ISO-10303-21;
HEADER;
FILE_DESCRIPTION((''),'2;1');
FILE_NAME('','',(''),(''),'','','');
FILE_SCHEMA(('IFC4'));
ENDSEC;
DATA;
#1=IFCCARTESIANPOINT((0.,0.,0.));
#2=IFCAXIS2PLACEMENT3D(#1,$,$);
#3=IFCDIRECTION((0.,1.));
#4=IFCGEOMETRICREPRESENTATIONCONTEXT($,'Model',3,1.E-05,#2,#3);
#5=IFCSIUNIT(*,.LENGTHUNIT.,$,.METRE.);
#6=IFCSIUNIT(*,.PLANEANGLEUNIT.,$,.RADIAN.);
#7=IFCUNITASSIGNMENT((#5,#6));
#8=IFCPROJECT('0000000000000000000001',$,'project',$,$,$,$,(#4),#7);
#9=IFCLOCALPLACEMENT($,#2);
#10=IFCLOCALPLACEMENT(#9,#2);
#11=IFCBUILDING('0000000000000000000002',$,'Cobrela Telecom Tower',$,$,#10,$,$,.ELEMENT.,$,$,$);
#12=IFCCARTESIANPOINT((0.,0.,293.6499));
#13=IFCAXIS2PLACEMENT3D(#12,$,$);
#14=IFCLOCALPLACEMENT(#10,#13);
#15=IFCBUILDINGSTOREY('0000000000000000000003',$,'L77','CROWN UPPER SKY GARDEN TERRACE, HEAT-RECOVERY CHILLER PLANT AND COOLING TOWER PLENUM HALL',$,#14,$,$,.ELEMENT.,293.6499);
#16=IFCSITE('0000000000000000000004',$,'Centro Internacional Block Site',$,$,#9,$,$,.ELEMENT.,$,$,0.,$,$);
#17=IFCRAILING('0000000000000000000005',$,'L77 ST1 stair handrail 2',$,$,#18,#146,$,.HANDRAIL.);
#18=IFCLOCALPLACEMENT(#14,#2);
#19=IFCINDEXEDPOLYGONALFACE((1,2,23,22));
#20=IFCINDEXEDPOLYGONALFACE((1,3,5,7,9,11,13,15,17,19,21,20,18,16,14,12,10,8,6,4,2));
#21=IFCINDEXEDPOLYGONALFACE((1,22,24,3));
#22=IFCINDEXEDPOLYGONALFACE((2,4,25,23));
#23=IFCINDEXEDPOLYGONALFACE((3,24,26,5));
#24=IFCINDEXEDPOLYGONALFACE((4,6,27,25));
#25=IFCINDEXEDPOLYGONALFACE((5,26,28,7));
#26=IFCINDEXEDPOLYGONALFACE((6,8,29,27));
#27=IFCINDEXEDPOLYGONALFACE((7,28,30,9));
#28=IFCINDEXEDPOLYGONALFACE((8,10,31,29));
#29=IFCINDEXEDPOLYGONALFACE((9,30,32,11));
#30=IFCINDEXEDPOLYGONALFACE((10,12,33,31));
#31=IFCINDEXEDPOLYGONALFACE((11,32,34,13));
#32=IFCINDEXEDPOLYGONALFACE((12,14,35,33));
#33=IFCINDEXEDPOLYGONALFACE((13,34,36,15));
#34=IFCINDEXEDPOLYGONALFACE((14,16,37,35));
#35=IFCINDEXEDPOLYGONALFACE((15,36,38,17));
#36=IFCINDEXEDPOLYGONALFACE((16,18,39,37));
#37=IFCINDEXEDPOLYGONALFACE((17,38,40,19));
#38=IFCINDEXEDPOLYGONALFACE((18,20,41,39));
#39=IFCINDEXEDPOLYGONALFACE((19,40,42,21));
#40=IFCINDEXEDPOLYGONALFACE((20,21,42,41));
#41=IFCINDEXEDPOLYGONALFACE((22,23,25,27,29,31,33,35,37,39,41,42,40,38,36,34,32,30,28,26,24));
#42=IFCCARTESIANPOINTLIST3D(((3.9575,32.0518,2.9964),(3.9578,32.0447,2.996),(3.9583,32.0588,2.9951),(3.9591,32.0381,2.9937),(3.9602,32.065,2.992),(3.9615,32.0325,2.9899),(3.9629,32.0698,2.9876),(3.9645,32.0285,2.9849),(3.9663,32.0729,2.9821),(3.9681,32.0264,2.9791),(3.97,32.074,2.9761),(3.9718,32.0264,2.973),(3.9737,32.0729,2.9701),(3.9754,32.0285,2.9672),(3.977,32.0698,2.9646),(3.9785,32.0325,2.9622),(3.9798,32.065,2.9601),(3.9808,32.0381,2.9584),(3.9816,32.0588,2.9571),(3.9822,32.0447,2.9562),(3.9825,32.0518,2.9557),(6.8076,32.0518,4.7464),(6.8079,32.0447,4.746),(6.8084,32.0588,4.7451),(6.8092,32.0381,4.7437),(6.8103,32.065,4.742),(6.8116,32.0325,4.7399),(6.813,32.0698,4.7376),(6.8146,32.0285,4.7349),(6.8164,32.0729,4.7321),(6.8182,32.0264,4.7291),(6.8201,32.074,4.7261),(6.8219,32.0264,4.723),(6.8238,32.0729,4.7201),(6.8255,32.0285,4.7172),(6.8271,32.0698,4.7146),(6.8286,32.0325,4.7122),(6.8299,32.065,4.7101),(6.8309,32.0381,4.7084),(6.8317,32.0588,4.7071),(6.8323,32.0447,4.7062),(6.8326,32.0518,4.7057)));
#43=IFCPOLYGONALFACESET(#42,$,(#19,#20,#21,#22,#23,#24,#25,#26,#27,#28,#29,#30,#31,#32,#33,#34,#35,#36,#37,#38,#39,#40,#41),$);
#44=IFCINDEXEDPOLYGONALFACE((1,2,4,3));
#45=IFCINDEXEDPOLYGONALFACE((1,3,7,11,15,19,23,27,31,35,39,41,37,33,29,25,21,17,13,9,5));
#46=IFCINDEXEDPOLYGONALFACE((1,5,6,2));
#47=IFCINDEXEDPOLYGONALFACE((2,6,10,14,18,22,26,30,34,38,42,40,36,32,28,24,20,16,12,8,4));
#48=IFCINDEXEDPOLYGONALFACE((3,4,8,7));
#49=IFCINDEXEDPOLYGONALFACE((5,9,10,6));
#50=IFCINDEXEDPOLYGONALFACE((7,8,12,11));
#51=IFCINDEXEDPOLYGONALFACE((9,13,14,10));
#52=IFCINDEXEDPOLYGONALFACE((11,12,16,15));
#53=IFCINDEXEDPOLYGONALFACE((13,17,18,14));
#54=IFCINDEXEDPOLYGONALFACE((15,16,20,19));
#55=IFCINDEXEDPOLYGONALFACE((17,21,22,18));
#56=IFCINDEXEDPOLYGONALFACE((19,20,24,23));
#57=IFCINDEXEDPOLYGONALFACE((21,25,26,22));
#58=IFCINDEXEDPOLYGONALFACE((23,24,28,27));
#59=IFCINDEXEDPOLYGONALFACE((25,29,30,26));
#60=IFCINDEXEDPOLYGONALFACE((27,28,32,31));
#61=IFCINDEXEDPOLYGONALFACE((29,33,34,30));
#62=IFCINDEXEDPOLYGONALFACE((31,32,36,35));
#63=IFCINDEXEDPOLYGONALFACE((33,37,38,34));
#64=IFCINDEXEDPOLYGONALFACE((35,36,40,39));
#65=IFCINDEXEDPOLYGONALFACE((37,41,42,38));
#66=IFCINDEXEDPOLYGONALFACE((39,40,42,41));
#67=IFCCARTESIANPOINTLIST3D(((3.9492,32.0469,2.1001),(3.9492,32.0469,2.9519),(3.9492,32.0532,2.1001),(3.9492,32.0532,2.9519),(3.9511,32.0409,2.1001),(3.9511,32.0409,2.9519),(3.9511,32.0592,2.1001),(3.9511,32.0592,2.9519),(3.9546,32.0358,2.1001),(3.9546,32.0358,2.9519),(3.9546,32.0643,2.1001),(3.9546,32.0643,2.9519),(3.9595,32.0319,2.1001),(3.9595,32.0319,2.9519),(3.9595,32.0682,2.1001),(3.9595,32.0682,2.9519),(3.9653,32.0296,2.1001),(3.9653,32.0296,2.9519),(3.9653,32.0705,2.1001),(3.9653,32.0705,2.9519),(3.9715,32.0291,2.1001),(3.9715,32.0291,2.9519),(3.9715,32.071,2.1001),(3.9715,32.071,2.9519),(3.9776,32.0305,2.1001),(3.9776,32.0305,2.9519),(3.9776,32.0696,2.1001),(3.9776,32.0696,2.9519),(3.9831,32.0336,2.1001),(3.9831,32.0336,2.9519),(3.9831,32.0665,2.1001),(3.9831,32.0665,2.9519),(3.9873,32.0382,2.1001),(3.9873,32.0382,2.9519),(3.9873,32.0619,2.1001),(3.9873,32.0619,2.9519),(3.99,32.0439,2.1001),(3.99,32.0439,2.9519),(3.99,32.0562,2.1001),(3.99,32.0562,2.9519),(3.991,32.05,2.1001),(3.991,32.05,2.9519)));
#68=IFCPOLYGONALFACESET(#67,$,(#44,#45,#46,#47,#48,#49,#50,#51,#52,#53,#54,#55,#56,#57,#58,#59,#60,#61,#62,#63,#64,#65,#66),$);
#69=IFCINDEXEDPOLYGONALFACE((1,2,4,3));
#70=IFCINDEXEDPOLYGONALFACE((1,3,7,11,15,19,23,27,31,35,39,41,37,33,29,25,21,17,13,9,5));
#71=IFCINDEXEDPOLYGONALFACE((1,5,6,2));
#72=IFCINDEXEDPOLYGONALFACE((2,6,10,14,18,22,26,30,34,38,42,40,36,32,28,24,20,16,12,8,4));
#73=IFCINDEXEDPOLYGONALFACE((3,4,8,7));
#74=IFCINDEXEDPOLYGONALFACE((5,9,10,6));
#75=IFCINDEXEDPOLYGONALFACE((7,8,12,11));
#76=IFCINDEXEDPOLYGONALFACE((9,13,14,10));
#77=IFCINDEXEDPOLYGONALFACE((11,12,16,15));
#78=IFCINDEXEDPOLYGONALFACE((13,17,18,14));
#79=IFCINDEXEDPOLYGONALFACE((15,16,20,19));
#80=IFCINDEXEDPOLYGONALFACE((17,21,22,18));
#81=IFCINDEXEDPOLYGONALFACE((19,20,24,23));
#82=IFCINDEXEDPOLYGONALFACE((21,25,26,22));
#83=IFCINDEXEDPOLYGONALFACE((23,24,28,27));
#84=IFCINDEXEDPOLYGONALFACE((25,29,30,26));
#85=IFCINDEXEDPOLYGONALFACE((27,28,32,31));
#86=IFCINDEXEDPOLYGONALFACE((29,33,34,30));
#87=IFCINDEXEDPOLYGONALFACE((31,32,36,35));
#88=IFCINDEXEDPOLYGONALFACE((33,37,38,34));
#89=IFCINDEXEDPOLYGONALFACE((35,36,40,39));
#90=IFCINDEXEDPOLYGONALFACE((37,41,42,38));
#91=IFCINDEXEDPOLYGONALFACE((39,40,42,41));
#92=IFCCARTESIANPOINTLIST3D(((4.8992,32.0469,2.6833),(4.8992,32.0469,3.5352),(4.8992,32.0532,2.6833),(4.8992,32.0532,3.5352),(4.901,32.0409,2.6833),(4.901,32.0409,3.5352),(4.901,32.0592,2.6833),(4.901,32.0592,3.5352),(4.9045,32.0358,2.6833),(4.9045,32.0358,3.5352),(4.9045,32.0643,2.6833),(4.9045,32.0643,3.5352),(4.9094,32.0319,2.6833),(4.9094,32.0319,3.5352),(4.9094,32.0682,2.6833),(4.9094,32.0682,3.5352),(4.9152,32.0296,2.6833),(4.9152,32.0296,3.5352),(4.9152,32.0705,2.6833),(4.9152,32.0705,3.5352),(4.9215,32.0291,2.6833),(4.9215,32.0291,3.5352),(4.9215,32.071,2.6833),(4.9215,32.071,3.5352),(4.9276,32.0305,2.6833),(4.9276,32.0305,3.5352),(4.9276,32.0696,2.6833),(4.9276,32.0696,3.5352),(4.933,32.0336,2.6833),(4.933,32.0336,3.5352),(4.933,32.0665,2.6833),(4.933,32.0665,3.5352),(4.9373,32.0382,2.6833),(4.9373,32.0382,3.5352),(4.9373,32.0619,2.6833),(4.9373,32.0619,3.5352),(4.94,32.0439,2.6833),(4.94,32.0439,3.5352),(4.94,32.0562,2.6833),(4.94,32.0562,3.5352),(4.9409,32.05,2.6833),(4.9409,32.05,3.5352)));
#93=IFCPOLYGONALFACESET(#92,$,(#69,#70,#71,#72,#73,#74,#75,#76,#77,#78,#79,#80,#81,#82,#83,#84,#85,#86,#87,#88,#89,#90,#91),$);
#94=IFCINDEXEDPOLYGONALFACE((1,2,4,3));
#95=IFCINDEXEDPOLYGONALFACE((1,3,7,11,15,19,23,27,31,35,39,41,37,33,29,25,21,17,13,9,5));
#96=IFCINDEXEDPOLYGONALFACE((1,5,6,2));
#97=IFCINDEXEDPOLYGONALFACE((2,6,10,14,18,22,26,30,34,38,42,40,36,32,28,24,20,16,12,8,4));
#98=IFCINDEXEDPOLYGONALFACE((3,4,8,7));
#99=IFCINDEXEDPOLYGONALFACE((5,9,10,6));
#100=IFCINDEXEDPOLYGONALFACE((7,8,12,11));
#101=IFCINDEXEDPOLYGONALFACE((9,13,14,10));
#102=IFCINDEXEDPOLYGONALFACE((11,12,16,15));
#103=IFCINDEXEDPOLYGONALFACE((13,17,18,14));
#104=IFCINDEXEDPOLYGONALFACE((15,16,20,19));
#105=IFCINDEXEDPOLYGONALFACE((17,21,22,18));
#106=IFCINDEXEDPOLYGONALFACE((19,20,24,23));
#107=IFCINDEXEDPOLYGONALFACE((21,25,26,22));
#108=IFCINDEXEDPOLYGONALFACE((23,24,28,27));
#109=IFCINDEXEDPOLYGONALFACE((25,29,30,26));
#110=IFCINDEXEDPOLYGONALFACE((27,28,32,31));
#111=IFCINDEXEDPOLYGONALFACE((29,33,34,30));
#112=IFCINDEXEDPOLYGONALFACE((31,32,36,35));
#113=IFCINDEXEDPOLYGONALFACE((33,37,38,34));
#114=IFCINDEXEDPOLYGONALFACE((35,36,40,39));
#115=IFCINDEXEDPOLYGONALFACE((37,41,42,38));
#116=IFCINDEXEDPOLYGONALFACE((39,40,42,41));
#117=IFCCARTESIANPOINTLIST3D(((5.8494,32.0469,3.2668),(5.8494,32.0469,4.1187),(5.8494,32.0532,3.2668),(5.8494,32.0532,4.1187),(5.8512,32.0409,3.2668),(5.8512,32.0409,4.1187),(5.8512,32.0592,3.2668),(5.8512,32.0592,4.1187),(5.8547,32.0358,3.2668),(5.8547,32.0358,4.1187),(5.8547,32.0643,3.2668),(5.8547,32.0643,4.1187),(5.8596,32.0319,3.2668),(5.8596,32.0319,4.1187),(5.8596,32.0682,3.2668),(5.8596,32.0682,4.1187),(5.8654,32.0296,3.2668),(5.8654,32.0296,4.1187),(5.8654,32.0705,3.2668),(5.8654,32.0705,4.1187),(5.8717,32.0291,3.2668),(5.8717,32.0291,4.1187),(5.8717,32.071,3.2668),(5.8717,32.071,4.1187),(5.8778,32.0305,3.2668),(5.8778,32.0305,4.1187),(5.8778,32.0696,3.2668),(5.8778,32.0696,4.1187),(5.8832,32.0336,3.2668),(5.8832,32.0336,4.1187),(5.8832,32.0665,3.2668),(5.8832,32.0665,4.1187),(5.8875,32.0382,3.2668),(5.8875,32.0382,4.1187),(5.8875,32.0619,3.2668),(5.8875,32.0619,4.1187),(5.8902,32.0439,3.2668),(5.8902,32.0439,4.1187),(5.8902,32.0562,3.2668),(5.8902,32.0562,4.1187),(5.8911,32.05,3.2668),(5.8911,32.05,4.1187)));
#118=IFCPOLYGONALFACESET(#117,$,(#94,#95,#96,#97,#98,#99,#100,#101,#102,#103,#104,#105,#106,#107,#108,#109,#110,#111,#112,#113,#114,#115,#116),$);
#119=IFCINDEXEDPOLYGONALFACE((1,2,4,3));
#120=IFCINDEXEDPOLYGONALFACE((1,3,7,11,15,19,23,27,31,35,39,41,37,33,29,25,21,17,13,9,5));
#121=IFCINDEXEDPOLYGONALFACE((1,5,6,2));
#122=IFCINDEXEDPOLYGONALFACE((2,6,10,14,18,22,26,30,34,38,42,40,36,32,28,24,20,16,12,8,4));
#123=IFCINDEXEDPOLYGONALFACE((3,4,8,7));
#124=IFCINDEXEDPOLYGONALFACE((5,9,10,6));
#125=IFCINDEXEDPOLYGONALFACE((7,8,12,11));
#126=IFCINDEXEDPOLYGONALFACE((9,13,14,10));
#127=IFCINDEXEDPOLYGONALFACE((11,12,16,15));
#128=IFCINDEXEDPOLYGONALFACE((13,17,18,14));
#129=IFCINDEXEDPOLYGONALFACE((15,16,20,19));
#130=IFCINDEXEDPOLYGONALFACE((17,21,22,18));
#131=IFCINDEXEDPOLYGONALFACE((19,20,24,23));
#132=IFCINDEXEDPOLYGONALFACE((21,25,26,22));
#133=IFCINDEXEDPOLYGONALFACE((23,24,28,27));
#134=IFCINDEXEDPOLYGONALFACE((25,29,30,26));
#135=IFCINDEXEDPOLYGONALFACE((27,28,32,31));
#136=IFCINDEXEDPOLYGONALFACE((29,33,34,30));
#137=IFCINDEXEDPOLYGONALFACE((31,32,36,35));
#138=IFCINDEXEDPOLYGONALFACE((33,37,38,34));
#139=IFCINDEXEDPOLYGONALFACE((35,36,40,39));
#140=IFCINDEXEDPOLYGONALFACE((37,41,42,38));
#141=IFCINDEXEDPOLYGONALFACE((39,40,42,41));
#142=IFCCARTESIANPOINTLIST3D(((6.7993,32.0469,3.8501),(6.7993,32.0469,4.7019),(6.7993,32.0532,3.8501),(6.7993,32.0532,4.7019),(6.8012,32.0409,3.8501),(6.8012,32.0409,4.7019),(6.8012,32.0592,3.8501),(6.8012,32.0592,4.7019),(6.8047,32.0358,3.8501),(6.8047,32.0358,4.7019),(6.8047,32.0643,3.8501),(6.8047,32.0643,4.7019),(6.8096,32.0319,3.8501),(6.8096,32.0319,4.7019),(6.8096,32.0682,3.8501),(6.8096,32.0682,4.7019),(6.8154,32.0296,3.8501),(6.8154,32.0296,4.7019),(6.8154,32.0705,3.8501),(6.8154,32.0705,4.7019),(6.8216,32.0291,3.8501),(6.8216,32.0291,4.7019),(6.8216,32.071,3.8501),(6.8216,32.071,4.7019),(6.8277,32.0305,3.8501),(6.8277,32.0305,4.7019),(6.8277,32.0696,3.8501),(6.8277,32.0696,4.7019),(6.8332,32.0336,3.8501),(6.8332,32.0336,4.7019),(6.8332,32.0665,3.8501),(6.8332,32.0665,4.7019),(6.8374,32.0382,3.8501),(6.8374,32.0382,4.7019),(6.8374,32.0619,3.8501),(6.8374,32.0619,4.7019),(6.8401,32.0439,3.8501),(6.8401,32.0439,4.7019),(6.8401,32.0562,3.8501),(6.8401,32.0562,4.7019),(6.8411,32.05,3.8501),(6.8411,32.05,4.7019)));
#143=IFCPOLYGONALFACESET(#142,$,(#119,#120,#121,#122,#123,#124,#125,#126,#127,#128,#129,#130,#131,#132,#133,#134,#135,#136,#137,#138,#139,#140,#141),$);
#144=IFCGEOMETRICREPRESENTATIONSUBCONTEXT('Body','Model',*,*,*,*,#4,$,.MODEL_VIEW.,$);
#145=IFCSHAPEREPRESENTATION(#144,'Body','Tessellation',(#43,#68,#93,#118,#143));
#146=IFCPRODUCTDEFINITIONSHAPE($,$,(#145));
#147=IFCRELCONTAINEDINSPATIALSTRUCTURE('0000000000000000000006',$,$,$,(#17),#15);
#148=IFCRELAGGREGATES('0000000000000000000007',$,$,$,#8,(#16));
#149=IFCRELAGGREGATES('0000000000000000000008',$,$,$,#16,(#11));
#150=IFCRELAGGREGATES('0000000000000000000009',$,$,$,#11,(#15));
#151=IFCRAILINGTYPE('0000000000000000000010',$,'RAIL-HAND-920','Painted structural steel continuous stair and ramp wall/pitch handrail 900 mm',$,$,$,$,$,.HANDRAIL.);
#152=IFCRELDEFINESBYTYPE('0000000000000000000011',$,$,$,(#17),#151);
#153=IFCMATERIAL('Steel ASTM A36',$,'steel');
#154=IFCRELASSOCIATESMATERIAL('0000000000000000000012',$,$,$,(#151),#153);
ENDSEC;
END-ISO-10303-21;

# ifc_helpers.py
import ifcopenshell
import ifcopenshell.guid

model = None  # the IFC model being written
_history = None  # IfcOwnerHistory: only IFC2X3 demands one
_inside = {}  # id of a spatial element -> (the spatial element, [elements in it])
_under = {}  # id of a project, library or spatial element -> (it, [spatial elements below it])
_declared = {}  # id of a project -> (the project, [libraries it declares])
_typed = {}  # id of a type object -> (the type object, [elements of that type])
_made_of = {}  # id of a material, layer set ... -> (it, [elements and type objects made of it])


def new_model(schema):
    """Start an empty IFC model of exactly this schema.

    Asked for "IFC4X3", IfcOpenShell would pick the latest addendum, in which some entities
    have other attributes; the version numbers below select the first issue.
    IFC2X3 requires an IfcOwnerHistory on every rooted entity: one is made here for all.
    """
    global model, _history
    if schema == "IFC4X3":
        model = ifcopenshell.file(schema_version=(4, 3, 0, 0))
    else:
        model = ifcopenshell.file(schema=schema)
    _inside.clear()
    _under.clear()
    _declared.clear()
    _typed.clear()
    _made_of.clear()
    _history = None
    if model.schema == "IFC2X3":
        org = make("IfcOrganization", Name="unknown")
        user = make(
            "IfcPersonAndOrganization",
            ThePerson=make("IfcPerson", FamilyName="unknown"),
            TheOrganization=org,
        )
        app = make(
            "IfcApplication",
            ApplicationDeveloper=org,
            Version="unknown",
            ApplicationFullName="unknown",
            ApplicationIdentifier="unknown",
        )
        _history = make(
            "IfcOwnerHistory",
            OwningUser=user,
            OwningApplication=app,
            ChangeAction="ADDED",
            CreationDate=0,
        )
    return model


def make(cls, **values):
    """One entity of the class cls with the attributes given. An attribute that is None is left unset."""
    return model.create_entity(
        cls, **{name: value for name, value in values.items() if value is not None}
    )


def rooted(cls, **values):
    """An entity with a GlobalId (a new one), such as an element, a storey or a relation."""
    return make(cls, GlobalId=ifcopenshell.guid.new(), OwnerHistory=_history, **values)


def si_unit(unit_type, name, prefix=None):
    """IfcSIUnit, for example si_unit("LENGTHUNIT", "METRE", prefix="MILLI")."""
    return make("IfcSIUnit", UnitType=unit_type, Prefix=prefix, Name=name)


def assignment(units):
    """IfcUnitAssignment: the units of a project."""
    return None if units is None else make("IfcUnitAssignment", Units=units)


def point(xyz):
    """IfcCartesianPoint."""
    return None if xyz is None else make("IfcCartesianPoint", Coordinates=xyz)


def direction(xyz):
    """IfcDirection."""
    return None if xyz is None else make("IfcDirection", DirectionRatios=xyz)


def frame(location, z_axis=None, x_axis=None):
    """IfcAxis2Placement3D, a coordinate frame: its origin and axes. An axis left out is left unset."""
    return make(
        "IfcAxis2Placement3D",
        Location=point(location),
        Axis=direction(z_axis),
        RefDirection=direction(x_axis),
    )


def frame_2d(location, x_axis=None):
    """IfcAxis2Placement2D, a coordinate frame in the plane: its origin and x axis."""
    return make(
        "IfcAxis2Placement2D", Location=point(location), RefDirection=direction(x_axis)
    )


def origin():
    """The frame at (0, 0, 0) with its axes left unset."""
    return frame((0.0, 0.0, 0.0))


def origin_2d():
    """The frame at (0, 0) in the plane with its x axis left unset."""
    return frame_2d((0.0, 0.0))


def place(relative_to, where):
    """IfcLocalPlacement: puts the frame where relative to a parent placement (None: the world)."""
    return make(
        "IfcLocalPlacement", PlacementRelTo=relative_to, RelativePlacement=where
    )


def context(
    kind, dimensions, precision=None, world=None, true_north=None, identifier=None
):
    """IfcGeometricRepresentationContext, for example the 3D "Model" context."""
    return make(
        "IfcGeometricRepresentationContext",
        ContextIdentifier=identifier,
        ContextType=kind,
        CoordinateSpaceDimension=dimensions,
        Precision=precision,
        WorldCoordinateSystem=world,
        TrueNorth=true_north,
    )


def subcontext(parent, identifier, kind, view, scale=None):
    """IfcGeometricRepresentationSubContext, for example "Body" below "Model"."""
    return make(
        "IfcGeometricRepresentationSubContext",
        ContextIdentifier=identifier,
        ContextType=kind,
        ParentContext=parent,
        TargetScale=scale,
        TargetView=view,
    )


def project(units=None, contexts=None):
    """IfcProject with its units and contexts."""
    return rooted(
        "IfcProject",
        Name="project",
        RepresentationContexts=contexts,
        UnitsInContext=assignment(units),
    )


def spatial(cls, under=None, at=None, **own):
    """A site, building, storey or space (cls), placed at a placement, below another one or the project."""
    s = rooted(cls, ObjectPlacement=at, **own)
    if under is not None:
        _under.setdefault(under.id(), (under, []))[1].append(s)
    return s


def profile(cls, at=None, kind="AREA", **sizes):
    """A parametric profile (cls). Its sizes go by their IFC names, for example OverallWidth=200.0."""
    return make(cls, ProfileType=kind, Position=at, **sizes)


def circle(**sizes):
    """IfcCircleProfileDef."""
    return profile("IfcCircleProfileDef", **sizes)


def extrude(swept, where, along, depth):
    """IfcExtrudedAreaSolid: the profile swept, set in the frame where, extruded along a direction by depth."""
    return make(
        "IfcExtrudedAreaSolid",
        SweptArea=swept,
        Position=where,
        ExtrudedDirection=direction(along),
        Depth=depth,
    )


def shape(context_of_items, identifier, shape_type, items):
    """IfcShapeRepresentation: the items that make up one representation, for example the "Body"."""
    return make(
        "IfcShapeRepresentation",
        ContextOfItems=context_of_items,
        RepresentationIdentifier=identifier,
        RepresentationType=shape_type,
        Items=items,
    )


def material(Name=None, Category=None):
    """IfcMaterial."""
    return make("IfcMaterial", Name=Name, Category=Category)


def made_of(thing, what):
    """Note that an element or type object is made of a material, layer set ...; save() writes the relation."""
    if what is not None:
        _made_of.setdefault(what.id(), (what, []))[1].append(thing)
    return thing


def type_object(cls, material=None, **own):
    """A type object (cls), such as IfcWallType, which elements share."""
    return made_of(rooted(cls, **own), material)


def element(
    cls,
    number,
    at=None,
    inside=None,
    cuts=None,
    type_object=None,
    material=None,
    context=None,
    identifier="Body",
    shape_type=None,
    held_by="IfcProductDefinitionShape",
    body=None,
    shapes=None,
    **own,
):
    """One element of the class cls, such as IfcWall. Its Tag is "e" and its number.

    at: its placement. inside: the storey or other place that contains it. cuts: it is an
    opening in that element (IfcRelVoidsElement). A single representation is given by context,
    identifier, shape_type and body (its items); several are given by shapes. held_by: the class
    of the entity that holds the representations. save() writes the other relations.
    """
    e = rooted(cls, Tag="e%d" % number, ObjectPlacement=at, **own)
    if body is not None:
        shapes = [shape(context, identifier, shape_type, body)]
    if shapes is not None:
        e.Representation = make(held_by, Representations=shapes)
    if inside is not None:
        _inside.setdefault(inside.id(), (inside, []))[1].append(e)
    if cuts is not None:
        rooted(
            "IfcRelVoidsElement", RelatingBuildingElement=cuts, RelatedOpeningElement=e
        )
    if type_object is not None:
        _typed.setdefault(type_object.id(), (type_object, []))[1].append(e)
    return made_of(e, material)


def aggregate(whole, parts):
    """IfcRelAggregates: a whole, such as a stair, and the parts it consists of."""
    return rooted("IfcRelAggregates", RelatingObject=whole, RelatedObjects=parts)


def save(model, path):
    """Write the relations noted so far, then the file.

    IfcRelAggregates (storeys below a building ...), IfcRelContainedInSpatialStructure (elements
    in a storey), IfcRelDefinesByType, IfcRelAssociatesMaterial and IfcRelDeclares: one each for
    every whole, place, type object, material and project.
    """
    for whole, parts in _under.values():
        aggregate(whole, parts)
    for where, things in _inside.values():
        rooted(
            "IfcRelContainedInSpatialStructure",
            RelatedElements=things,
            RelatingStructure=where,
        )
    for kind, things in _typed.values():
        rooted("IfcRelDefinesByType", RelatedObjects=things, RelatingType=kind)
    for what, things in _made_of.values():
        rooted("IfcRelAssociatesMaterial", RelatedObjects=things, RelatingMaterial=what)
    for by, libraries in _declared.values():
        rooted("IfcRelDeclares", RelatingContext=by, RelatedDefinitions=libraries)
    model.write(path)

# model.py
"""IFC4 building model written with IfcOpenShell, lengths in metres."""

from ifc_helpers import new_model, si_unit, direction, frame, origin, origin_2d, place, context, subcontext, project, spatial, circle, extrude, material, type_object, element, save


model = new_model("IFC4")

# Units and contexts
model_context = context("Model", 3, precision=1e-05, world=origin(), true_north=direction((0.0, 1.0)))
body_context = subcontext(model_context, "Body", "Model", "MODEL_VIEW")
ifc_project = project(units=[si_unit("LENGTHUNIT", "METRE"), si_unit("PLANEANGLEUNIT", "RADIAN")], contexts=[model_context])

# Site, building, storey
site_placement = place(None, origin())
site = spatial("IfcSite", under=ifc_project, at=site_placement, Name="Centro Internacional Block Site", CompositionType="ELEMENT", RefElevation=0.0)
building_placement = place(site_placement, origin())
building = spatial("IfcBuilding", under=site, at=building_placement, Name="Cobrela Telecom Tower", CompositionType="ELEMENT")
storey_placement = place(building_placement, frame((0.0, 0.0, 293.6499)))
storey = spatial("IfcBuildingStorey", under=building, at=storey_placement, Name="L77", Description="CROWN UPPER SKY GARDEN TERRACE, HEAT-RECOVERY CHILLER PLANT AND COOLING TOWER PLENUM HALL", CompositionType="ELEMENT", Elevation=293.6499)

# Shared definitions
ifc_material_1 = material(Name="Steel ASTM A36", Category="steel")

# Railing
railing_type_1 = type_object("IfcRailingType", Name="RAIL-HAND-920", Description="Painted structural steel continuous stair and ramp wall/pitch handrail 900 mm", PredefinedType="HANDRAIL", material=ifc_material_1)
railing_1_placement = place(storey_placement, frame((3.97, 32.05, 2.1001)))
element("IfcRailing", 1, at=railing_1_placement, inside=storey, type_object=railing_type_1, Name="L77 ST1 stair handrail 2", PredefinedType="HANDRAIL", context=body_context, shape_type="SweptSolid", body=[
    extrude(circle(Radius=0.0239, at=origin_2d()), frame((0.0, 0.0, 0.876), z_axis=(0.852179, 0.0, 0.52325), x_axis=(0.0, 1.0, 0.0)), (0.0, 0.0, 1.0), 3.3445),
    extrude(circle(Radius=0.021, at=origin_2d()), origin(), (0.0, 0.0, 1.0), 0.8518),
    extrude(circle(Radius=0.021, at=origin_2d()), frame((0.95, 0.0, 0.5833)), (0.0, 0.0, 1.0), 0.8518),
    extrude(circle(Radius=0.021, at=origin_2d()), frame((1.9001, 0.0, 1.1667)), (0.0, 0.0, 1.0), 0.8518),
    extrude(circle(Radius=0.021, at=origin_2d()), frame((2.8501, 0.0, 1.75)), (0.0, 0.0, 1.0), 0.8518),
])

save(model, "model.ifc")
